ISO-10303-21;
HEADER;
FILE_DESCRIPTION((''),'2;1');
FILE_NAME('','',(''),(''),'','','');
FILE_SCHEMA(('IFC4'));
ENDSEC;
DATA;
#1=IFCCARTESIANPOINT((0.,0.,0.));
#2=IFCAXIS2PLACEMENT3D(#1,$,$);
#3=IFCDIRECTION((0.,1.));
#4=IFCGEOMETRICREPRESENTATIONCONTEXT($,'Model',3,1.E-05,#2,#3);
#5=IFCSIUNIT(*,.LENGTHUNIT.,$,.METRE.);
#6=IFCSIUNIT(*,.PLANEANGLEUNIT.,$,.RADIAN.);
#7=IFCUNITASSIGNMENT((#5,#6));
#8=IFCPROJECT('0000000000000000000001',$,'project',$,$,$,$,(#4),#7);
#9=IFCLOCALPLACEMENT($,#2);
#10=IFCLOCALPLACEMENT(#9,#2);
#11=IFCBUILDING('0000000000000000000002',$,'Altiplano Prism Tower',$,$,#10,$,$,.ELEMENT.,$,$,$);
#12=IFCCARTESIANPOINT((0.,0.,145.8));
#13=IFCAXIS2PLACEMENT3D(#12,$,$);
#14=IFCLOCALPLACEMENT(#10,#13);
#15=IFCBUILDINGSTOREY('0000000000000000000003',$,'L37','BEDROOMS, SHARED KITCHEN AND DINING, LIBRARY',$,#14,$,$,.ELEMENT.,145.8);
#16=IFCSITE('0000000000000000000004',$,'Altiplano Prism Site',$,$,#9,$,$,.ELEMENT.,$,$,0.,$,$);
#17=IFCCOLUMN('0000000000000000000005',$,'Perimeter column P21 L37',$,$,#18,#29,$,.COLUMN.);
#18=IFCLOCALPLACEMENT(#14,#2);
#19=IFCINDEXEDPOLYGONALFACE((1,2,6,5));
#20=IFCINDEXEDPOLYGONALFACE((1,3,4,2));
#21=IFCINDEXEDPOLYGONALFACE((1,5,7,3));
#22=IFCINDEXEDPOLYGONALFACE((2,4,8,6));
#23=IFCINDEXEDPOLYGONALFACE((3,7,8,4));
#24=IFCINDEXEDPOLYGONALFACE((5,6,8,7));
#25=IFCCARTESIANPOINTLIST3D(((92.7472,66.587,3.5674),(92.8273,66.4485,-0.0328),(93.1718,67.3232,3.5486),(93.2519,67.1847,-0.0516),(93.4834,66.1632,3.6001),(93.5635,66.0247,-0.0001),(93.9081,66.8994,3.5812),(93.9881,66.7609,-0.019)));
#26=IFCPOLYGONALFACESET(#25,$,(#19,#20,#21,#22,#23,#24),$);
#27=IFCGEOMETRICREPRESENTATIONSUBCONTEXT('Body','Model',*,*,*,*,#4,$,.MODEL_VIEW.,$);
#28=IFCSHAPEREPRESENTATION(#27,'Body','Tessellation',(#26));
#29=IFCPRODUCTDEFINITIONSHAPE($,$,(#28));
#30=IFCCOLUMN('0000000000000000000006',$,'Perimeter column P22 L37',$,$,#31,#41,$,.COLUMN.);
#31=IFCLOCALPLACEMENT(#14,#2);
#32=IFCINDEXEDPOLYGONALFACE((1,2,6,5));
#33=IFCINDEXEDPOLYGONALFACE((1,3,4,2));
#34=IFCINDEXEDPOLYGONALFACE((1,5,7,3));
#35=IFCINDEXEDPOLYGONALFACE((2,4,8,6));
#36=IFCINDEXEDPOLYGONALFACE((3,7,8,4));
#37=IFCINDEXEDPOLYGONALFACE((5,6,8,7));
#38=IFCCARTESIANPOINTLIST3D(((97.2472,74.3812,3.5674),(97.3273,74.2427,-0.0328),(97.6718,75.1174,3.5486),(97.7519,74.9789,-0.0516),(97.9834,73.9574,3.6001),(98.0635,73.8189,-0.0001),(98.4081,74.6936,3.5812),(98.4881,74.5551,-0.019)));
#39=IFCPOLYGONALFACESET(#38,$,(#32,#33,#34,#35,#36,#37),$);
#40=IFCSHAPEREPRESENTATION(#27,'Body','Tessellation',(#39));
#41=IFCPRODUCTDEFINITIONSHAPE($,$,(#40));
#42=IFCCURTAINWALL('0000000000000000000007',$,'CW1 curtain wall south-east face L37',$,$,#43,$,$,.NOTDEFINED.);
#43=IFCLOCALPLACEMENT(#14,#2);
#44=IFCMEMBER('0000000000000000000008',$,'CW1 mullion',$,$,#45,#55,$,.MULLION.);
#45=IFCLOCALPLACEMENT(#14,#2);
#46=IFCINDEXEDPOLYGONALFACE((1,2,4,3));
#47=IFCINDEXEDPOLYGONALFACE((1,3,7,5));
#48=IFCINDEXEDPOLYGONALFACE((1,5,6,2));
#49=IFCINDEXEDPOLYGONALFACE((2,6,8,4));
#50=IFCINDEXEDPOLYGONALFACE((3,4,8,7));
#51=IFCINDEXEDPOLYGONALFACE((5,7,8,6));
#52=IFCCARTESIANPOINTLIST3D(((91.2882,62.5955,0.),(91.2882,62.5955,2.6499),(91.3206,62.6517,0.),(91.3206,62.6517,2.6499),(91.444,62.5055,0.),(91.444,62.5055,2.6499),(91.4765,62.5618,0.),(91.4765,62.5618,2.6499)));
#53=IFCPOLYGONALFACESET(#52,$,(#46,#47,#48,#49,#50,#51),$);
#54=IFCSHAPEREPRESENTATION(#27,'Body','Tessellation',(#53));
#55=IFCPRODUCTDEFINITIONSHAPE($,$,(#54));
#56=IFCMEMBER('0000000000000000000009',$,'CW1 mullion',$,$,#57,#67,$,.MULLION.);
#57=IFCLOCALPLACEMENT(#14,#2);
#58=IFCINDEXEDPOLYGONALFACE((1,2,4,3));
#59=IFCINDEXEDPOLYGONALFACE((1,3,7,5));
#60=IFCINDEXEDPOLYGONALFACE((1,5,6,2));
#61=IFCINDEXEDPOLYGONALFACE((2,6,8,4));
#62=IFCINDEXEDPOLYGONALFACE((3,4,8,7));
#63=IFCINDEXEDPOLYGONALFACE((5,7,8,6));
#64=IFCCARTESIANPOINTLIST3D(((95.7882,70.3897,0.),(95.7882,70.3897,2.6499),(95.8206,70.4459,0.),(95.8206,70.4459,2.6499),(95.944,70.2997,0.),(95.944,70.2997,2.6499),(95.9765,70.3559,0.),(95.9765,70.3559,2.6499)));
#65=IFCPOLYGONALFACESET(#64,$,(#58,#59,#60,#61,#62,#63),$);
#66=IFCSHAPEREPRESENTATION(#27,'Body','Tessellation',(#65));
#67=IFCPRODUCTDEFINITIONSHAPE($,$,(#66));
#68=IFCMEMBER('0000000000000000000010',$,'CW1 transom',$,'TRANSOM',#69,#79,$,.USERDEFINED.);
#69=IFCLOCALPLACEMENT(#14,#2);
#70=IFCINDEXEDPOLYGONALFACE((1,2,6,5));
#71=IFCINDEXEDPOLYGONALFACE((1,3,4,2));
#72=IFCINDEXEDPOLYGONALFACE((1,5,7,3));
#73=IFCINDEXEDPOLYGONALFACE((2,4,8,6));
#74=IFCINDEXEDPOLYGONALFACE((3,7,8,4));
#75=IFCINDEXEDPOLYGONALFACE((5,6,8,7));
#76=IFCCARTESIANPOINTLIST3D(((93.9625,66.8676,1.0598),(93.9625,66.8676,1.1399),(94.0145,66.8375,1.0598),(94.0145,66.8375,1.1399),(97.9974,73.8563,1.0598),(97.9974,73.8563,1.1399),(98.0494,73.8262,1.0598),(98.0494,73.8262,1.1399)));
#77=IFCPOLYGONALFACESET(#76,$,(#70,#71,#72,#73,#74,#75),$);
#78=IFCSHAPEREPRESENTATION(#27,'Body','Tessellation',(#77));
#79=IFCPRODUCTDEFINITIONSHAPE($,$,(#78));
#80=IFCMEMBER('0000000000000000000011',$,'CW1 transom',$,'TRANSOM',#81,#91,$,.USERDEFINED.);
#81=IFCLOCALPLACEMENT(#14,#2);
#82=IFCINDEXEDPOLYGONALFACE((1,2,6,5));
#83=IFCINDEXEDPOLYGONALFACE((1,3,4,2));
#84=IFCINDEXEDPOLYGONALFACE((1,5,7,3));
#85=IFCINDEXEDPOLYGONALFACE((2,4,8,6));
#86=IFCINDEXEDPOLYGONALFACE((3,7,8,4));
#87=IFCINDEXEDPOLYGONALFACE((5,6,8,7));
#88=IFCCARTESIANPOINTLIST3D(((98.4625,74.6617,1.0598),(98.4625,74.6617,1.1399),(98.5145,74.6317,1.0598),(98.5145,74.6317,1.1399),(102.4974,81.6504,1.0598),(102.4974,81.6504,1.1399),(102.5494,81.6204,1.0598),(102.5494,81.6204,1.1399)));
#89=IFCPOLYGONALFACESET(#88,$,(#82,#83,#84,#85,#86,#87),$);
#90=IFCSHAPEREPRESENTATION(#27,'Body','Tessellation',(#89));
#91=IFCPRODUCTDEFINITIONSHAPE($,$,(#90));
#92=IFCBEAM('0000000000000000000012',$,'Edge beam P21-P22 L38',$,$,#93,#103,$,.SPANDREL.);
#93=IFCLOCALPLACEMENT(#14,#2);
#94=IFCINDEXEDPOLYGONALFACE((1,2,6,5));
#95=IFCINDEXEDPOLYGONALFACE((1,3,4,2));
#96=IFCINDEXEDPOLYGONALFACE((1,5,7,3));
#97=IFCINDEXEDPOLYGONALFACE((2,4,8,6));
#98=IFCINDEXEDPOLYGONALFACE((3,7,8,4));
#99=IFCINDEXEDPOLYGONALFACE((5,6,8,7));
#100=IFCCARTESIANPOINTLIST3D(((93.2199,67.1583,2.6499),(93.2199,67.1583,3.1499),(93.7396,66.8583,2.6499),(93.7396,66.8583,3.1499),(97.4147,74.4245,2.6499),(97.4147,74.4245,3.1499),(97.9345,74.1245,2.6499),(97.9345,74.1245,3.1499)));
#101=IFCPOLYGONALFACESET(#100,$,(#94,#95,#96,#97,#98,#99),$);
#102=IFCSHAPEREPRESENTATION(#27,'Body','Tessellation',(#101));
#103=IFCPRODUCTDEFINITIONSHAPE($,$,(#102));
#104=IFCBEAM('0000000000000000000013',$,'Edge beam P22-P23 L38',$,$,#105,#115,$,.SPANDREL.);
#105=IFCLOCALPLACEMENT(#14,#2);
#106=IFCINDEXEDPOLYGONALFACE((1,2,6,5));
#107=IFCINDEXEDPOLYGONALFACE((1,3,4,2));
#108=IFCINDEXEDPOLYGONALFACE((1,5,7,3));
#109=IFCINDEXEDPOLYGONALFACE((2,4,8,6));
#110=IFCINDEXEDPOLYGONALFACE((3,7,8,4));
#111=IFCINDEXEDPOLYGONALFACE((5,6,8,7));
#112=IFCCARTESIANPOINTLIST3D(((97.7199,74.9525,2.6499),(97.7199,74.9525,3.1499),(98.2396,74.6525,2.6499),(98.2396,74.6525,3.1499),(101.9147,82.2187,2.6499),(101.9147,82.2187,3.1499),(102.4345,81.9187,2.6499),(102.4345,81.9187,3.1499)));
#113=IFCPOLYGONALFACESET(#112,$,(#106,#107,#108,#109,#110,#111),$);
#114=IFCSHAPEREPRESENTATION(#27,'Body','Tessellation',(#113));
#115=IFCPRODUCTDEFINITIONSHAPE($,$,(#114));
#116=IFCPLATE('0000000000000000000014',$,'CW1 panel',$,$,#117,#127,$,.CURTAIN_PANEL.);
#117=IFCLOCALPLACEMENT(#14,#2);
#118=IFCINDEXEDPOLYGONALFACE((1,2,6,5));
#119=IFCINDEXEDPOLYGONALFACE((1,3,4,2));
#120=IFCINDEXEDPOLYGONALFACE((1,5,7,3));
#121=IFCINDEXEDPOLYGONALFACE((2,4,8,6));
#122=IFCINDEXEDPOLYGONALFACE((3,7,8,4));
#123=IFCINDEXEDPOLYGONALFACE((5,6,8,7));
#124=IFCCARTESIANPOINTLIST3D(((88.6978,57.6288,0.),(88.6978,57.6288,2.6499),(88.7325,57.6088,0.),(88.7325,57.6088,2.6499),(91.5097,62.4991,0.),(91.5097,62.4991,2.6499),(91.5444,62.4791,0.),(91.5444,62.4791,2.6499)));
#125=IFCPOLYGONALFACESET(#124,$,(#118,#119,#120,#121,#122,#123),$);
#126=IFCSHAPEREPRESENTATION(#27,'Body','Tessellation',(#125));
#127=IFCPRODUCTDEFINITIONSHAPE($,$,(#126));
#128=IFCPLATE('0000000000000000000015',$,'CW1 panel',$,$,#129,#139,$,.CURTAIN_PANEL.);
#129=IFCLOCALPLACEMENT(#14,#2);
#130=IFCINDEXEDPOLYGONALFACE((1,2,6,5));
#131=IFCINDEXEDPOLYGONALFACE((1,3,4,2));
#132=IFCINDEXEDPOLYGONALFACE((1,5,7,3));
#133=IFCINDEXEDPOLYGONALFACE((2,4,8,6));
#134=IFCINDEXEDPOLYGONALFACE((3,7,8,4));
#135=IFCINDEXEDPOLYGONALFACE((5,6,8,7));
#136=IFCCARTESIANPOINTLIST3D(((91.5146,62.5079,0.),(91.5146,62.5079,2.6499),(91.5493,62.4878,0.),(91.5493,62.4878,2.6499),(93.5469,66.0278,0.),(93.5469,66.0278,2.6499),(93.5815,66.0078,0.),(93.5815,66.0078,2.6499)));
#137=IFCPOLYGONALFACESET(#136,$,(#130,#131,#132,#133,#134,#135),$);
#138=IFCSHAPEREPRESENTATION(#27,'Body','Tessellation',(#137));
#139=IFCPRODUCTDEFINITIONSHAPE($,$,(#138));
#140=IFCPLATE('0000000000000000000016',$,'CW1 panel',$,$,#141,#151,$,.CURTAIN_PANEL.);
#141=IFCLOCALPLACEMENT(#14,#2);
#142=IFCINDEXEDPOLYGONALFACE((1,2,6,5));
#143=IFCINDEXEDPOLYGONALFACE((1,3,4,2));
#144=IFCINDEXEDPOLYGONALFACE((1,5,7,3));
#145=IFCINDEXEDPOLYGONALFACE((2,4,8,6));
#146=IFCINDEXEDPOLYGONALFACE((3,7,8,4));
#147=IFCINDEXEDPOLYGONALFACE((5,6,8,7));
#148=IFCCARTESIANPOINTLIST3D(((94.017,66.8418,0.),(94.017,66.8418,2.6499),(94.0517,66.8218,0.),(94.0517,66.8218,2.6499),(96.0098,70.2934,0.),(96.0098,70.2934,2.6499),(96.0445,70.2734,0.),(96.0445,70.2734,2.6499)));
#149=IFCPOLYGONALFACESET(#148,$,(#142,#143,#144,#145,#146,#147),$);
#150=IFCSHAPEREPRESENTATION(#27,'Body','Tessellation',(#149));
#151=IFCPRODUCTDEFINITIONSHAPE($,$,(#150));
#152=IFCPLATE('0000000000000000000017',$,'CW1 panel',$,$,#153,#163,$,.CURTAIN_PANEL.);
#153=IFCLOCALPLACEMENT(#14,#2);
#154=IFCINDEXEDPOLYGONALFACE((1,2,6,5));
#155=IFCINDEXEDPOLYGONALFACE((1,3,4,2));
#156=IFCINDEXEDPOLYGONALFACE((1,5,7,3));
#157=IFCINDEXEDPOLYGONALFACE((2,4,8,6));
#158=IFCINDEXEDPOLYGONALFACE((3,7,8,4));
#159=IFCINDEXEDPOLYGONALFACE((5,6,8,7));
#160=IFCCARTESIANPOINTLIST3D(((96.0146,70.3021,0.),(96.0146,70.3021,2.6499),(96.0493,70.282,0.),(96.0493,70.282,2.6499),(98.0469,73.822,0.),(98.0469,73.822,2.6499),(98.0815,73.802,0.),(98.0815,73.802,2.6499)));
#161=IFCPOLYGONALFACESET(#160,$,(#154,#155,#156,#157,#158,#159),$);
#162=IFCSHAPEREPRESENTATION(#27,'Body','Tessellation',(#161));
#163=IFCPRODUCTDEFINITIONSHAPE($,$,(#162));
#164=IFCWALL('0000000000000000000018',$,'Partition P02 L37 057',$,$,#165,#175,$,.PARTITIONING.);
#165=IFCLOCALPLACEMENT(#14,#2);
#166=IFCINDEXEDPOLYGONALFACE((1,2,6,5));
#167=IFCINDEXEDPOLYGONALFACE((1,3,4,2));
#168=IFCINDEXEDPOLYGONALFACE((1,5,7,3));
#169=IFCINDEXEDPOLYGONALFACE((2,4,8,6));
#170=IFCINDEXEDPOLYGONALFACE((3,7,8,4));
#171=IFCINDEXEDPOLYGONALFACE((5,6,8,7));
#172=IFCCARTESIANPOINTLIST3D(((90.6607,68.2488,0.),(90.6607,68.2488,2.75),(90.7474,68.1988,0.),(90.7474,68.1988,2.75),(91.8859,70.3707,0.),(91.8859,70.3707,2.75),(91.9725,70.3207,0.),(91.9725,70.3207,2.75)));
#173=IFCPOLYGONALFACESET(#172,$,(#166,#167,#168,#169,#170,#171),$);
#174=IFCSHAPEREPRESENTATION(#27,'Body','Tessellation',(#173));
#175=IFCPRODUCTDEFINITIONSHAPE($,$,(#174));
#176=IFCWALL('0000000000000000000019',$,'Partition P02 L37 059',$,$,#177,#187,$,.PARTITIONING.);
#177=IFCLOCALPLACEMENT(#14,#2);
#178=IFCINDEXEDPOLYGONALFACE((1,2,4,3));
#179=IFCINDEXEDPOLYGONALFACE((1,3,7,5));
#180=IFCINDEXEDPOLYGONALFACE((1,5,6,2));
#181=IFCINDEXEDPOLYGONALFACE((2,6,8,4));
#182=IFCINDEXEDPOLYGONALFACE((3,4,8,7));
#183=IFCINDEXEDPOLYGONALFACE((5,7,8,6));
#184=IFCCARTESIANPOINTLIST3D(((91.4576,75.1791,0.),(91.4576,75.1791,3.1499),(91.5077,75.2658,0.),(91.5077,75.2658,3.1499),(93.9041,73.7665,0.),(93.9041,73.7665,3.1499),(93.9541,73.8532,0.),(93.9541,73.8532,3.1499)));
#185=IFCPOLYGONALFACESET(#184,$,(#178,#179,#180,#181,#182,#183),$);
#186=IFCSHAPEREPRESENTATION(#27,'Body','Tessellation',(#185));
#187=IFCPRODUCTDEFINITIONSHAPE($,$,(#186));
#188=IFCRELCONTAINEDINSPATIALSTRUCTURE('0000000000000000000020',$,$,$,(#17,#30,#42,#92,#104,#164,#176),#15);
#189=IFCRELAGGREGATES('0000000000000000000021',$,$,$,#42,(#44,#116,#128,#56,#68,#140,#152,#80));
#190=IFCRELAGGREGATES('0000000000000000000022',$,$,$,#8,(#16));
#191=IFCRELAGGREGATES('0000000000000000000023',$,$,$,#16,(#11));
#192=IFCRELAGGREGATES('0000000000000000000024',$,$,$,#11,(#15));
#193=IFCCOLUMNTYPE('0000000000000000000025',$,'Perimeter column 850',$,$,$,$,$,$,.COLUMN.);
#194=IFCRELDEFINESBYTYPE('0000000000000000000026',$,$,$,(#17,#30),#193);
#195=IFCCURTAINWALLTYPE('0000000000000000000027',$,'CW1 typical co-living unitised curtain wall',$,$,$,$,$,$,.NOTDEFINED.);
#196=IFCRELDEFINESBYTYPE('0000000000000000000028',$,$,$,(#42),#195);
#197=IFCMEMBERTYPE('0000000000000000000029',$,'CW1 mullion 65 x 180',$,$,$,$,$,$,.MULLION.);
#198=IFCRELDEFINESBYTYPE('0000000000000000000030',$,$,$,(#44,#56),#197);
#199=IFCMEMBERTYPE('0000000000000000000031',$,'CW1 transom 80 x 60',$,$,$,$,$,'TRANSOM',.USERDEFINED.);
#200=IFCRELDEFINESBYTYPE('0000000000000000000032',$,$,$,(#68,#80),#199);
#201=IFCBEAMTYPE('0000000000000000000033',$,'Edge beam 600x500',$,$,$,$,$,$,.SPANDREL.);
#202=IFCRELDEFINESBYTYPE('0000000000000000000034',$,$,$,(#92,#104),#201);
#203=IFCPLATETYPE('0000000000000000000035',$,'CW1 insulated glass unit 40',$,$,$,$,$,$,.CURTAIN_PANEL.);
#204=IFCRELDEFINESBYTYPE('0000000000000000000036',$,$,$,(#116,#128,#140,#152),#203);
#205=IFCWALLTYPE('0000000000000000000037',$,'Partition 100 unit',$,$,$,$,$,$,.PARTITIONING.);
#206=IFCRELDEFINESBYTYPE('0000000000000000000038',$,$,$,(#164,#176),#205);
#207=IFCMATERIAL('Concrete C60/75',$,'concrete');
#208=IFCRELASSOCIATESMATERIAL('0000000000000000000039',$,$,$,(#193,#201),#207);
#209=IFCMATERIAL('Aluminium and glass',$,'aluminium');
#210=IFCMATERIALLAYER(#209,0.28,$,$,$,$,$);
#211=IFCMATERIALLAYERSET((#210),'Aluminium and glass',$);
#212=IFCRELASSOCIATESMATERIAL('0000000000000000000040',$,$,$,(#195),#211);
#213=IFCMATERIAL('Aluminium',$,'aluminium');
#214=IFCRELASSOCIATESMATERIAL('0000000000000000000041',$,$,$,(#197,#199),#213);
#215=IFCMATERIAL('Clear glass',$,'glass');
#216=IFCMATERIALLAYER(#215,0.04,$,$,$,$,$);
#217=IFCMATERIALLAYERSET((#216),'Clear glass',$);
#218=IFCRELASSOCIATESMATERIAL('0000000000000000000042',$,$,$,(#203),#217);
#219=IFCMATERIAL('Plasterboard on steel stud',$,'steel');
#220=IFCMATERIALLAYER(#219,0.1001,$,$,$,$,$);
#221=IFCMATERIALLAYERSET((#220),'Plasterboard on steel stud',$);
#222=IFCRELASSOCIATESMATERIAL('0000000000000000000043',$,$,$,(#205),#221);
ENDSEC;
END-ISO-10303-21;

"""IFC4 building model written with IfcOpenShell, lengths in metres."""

from ifc_helpers import new_model, si_unit, direction, frame, frame_2d, origin, origin_2d, place, context, subcontext, project, spatial, rectangle, extrude, material, layer, layer_set, material_profile, profile_set, type_object, element, aggregate, save


model = new_model("IFC4")

# Units and contexts
model_context = context("Model", 3, precision=1e-05, world=origin(), true_north=direction((0.0, 1.0)))
body_context = subcontext(model_context, "Body", "Model", "MODEL_VIEW")
ifc_project = project(units=[si_unit("LENGTHUNIT", "METRE"), si_unit("PLANEANGLEUNIT", "RADIAN")], contexts=[model_context])

# Site, building, storey
site_placement = place(None, origin())
site = spatial("IfcSite", under=ifc_project, at=site_placement, Name="Altiplano Prism Site", CompositionType="ELEMENT", RefElevation=0.0)
building_placement = place(site_placement, origin())
building = spatial("IfcBuilding", under=site, at=building_placement, Name="Altiplano Prism Tower", CompositionType="ELEMENT")
storey_placement = place(building_placement, frame((0.0, 0.0, 145.8)))
storey = spatial("IfcBuildingStorey", under=building, at=storey_placement, Name="L37", Description="BEDROOMS, SHARED KITCHEN AND DINING, LIBRARY", CompositionType="ELEMENT", Elevation=145.8)

# Columns
ifc_material_1 = material(Name="Concrete C60/75", Category="concrete")
ifc_material_profile_1 = material_profile(ifc_material_1, rectangle(XDim=0.8501, YDim=0.8501, at=origin_2d()), Name="Perimeter column 850")
ifc_profile_set_1 = profile_set([ifc_material_profile_1], Name="Concrete C60/75")
column_type = type_object("IfcColumnType", Name="Perimeter column 850", PredefinedType="COLUMN", material=ifc_profile_set_1)
for number, where, z_axis, x_axis, name in (
    (1, (93.4077, 66.6047, -0.0259), (-0.022221, 0.038413, 0.999015), (-0.499508, -0.866025, 0.022189), "Perimeter column P21 L37"),
    (2, (97.9077, 74.3989, -0.0259), (-0.022221, 0.038413, 0.999015), (-0.499508, -0.866025, 0.022189), "Perimeter column P22 L37"),
):
    element("IfcColumn", number, at=place(storey_placement, frame(where, z_axis=z_axis, x_axis=x_axis)), inside=storey, type_object=column_type, Name=name, PredefinedType="COLUMN", context=body_context, shape_type="SweptSolid", body=[
        extrude(rectangle(XDim=0.8501, YDim=0.8501, at=origin_2d()), origin(), (0.0, 0.0, 1.0), 3.6038),
    ])

# Curtain wall, members
ifc_material_2 = material(Name="Aluminium and glass", Category="aluminium")
ifc_layer_1 = layer(ifc_material_2, 0.28)
ifc_layer_set_1 = layer_set([ifc_layer_1], Name="Aluminium and glass")
curtain_wall_type = type_object("IfcCurtainWallType", Name="CW1 typical co-living unitised curtain wall", PredefinedType="NOTDEFINED", material=ifc_layer_set_1)
curtain_wall_placement = place(storey_placement, origin())
curtain_wall = element("IfcCurtainWall", 3, at=curtain_wall_placement, inside=storey, type_object=curtain_wall_type, Name="CW1 curtain wall south-east face L37", PredefinedType="NOTDEFINED")
ifc_material_3 = material(Name="Aluminium", Category="aluminium")
ifc_material_profile_2 = material_profile(ifc_material_3, rectangle(XDim=0.1799, YDim=0.0649, at=origin_2d()), Name="CW1 mullion 65 x 180")
ifc_profile_set_2 = profile_set([ifc_material_profile_2], Name="Aluminium")
member_type_1 = type_object("IfcMemberType", Name="CW1 mullion 65 x 180", PredefinedType="MULLION", material=ifc_profile_set_2)
member_1_placement = place(storey_placement, frame((91.3823, 62.5786, 0.0), z_axis=(0.0, 0.0, 1.0), x_axis=(-0.866025, 0.5, 0.0)))
member_1 = element("IfcMember", 4, at=member_1_placement, type_object=member_type_1, Name="CW1 mullion", PredefinedType="MULLION", context=body_context, shape_type="SweptSolid", body=[
    extrude(rectangle(XDim=0.1799, YDim=0.0649, at=origin_2d()), origin(), (0.0, 0.0, 1.0), 2.6499),
])
member_2_placement = place(storey_placement, frame((95.8823, 70.3728, 0.0), z_axis=(0.0, 0.0, 1.0), x_axis=(-0.866025, 0.5, 0.0)))
member_2 = element("IfcMember", 5, at=member_2_placement, type_object=member_type_1, Name="CW1 mullion", PredefinedType="MULLION", context=body_context, shape_type="SweptSolid", body=[
    extrude(rectangle(XDim=0.1799, YDim=0.0649, at=origin_2d()), origin(), (0.0, 0.0, 1.0), 2.6499),
])
ifc_material_profile_3 = material_profile(ifc_material_3, rectangle(XDim=0.0601, YDim=0.0801, at=origin_2d()), Name="CW1 transom 80 x 60")
ifc_profile_set_3 = profile_set([ifc_material_profile_3], Name="Aluminium")
member_type_2 = type_object("IfcMemberType", Name="CW1 transom 80 x 60", ElementType="TRANSOM", PredefinedType="USERDEFINED", material=ifc_profile_set_3)
member_3_placement = place(storey_placement, frame((93.9885, 66.8525, 1.0999), z_axis=(0.499995, 0.866028, 0.0), x_axis=(-0.866028, 0.499995, 0.0)))
member_3 = element("IfcMember", 6, at=member_3_placement, type_object=member_type_2, Name="CW1 transom", ObjectType="TRANSOM", PredefinedType="USERDEFINED", context=body_context, shape_type="SweptSolid", body=[
    extrude(rectangle(XDim=0.0601, YDim=0.0801, at=origin_2d()), origin(), (0.0, 0.0, 1.0), 8.0698),
])
member_4_placement = place(storey_placement, frame((98.4885, 74.6467, 1.0999), z_axis=(0.499995, 0.866028, 0.0), x_axis=(-0.866028, 0.499995, 0.0)))
member_4 = element("IfcMember", 7, at=member_4_placement, type_object=member_type_2, Name="CW1 transom", ObjectType="TRANSOM", PredefinedType="USERDEFINED", context=body_context, shape_type="SweptSolid", body=[
    extrude(rectangle(XDim=0.0601, YDim=0.0801, at=origin_2d()), origin(), (0.0, 0.0, 1.0), 8.0698),
])

# Beams
ifc_material_profile_4 = material_profile(ifc_material_1, rectangle(XDim=0.6001, YDim=0.5, at=origin_2d()), Name="Edge beam 600x500")
ifc_profile_set_4 = profile_set([ifc_material_profile_4], Name="Concrete C60/75")
beam_type = type_object("IfcBeamType", Name="Edge beam 600x500", PredefinedType="SPANDREL", material=ifc_profile_set_4)
for number, where, z_axis, x_axis, name in (
    (8, (93.4797, 67.0083, 2.8999), (0.499976, 0.866039, 0.0), (-0.866039, 0.499976, 0.0), "Edge beam P21-P22 L38"),
    (9, (97.9797, 74.8025, 2.8999), (0.499976, 0.866039, 0.0), (-0.866039, 0.499976, 0.0), "Edge beam P22-P23 L38"),
):
    element("IfcBeam", number, at=place(storey_placement, frame(where, z_axis=z_axis, x_axis=x_axis)), inside=storey, type_object=beam_type, Name=name, PredefinedType="SPANDREL", context=body_context, shape_type="SweptSolid", body=[
        extrude(rectangle(XDim=0.6001, YDim=0.5, at=origin_2d()), origin(), (0.0, 0.0, 1.0), 8.3901),
    ])

# Plates
ifc_material_4 = material(Name="Clear glass", Category="glass")
ifc_layer_2 = layer(ifc_material_4, 0.04)
ifc_layer_set_2 = layer_set([ifc_layer_2], Name="Clear glass")
plate_type = type_object("IfcPlateType", Name="CW1 insulated glass unit 40", PredefinedType="CURTAIN_PANEL", material=ifc_layer_set_2)
plate_1_placement = place(storey_placement, frame((90.1211, 60.054, 0.0), z_axis=(0.0, 0.0, 1.0), x_axis=(0.5, 0.866025, 0.0)))
plate_1 = element("IfcPlate", 10, at=plate_1_placement, type_object=plate_type, Name="CW1 panel", PredefinedType="CURTAIN_PANEL", context=body_context, shape_type="SweptSolid", body=[
    extrude(rectangle(XDim=5.6238, YDim=0.04, at=origin_2d()), origin(), (0.0, 0.0, 1.0), 2.6499),
])
plate_2_placement = place(storey_placement, frame((92.5481, 64.2578, 0.0), z_axis=(0.0, 0.0, 1.0), x_axis=(0.5, 0.866025, 0.0)))
plate_2 = element("IfcPlate", 11, at=plate_2_placement, type_object=plate_type, Name="CW1 panel", PredefinedType="CURTAIN_PANEL", context=body_context, shape_type="SweptSolid", body=[
    extrude(rectangle(XDim=4.0645, YDim=0.04, at=origin_2d()), origin(), (0.0, 0.0, 1.0), 2.6499),
])
plate_3_placement = place(storey_placement, frame((95.0308, 68.5576, 0.0), z_axis=(0.0, 0.0, 1.0), x_axis=(0.5, 0.866025, 0.0)))
plate_3 = element("IfcPlate", 12, at=plate_3_placement, type_object=plate_type, Name="CW1 panel", PredefinedType="CURTAIN_PANEL", context=body_context, shape_type="SweptSolid", body=[
    extrude(rectangle(XDim=3.9856, YDim=0.04, at=origin_2d()), origin(), (0.0, 0.0, 1.0), 2.6499),
])
plate_4_placement = place(storey_placement, frame((97.0481, 72.052, 0.0), z_axis=(0.0, 0.0, 1.0), x_axis=(0.5, 0.866025, 0.0)))
plate_4 = element("IfcPlate", 13, at=plate_4_placement, type_object=plate_type, Name="CW1 panel", PredefinedType="CURTAIN_PANEL", context=body_context, shape_type="SweptSolid", body=[
    extrude(rectangle(XDim=4.0645, YDim=0.04, at=origin_2d()), origin(), (0.0, 0.0, 1.0), 2.6499),
])
aggregate(curtain_wall, [member_1, plate_1, plate_2, member_2, member_3, plate_3, plate_4, member_4])

# Walls
ifc_material_5 = material(Name="Plasterboard on steel stud", Category="steel")
ifc_layer_3 = layer(ifc_material_5, 0.1001)
ifc_layer_set_3 = layer_set([ifc_layer_3], Name="Plasterboard on steel stud")
wall_type_1 = type_object("IfcWallType", Name="Partition 100 unit", PredefinedType="PARTITIONING", material=ifc_layer_set_3)
wall_1_placement = place(storey_placement, frame((91.9292, 70.3457, 0.0), z_axis=(0.0, 0.0, 1.0), x_axis=(-0.500019, -0.866015, 0.0)))
element("IfcWall", 14, at=wall_1_placement, inside=storey, type_object=wall_type_1, Name="Partition P02 L37 057", PredefinedType="PARTITIONING", context=body_context, shape_type="SweptSolid", body=[
    extrude(rectangle(XDim=2.4502, YDim=0.1001, at=frame_2d((1.2251, 0.0))), origin(), (0.0, 0.0, 1.0), 2.75),
])
wall_2_placement = place(storey_placement, frame((93.9292, 73.8098, 0.0), z_axis=(0.0, 0.0, 1.0), x_axis=(-0.866011, 0.500024, 0.0)))
element("IfcWall", 15, at=wall_2_placement, inside=storey, type_object=wall_type_1, Name="Partition P02 L37 059", PredefinedType="PARTITIONING", context=body_context, shape_type="SweptSolid", body=[
    extrude(rectangle(XDim=2.825, YDim=0.1001, at=frame_2d((1.4126, 0.0))), origin(), (0.0, 0.0, 1.0), 3.1499),
])

save(model, "model.ifc")
